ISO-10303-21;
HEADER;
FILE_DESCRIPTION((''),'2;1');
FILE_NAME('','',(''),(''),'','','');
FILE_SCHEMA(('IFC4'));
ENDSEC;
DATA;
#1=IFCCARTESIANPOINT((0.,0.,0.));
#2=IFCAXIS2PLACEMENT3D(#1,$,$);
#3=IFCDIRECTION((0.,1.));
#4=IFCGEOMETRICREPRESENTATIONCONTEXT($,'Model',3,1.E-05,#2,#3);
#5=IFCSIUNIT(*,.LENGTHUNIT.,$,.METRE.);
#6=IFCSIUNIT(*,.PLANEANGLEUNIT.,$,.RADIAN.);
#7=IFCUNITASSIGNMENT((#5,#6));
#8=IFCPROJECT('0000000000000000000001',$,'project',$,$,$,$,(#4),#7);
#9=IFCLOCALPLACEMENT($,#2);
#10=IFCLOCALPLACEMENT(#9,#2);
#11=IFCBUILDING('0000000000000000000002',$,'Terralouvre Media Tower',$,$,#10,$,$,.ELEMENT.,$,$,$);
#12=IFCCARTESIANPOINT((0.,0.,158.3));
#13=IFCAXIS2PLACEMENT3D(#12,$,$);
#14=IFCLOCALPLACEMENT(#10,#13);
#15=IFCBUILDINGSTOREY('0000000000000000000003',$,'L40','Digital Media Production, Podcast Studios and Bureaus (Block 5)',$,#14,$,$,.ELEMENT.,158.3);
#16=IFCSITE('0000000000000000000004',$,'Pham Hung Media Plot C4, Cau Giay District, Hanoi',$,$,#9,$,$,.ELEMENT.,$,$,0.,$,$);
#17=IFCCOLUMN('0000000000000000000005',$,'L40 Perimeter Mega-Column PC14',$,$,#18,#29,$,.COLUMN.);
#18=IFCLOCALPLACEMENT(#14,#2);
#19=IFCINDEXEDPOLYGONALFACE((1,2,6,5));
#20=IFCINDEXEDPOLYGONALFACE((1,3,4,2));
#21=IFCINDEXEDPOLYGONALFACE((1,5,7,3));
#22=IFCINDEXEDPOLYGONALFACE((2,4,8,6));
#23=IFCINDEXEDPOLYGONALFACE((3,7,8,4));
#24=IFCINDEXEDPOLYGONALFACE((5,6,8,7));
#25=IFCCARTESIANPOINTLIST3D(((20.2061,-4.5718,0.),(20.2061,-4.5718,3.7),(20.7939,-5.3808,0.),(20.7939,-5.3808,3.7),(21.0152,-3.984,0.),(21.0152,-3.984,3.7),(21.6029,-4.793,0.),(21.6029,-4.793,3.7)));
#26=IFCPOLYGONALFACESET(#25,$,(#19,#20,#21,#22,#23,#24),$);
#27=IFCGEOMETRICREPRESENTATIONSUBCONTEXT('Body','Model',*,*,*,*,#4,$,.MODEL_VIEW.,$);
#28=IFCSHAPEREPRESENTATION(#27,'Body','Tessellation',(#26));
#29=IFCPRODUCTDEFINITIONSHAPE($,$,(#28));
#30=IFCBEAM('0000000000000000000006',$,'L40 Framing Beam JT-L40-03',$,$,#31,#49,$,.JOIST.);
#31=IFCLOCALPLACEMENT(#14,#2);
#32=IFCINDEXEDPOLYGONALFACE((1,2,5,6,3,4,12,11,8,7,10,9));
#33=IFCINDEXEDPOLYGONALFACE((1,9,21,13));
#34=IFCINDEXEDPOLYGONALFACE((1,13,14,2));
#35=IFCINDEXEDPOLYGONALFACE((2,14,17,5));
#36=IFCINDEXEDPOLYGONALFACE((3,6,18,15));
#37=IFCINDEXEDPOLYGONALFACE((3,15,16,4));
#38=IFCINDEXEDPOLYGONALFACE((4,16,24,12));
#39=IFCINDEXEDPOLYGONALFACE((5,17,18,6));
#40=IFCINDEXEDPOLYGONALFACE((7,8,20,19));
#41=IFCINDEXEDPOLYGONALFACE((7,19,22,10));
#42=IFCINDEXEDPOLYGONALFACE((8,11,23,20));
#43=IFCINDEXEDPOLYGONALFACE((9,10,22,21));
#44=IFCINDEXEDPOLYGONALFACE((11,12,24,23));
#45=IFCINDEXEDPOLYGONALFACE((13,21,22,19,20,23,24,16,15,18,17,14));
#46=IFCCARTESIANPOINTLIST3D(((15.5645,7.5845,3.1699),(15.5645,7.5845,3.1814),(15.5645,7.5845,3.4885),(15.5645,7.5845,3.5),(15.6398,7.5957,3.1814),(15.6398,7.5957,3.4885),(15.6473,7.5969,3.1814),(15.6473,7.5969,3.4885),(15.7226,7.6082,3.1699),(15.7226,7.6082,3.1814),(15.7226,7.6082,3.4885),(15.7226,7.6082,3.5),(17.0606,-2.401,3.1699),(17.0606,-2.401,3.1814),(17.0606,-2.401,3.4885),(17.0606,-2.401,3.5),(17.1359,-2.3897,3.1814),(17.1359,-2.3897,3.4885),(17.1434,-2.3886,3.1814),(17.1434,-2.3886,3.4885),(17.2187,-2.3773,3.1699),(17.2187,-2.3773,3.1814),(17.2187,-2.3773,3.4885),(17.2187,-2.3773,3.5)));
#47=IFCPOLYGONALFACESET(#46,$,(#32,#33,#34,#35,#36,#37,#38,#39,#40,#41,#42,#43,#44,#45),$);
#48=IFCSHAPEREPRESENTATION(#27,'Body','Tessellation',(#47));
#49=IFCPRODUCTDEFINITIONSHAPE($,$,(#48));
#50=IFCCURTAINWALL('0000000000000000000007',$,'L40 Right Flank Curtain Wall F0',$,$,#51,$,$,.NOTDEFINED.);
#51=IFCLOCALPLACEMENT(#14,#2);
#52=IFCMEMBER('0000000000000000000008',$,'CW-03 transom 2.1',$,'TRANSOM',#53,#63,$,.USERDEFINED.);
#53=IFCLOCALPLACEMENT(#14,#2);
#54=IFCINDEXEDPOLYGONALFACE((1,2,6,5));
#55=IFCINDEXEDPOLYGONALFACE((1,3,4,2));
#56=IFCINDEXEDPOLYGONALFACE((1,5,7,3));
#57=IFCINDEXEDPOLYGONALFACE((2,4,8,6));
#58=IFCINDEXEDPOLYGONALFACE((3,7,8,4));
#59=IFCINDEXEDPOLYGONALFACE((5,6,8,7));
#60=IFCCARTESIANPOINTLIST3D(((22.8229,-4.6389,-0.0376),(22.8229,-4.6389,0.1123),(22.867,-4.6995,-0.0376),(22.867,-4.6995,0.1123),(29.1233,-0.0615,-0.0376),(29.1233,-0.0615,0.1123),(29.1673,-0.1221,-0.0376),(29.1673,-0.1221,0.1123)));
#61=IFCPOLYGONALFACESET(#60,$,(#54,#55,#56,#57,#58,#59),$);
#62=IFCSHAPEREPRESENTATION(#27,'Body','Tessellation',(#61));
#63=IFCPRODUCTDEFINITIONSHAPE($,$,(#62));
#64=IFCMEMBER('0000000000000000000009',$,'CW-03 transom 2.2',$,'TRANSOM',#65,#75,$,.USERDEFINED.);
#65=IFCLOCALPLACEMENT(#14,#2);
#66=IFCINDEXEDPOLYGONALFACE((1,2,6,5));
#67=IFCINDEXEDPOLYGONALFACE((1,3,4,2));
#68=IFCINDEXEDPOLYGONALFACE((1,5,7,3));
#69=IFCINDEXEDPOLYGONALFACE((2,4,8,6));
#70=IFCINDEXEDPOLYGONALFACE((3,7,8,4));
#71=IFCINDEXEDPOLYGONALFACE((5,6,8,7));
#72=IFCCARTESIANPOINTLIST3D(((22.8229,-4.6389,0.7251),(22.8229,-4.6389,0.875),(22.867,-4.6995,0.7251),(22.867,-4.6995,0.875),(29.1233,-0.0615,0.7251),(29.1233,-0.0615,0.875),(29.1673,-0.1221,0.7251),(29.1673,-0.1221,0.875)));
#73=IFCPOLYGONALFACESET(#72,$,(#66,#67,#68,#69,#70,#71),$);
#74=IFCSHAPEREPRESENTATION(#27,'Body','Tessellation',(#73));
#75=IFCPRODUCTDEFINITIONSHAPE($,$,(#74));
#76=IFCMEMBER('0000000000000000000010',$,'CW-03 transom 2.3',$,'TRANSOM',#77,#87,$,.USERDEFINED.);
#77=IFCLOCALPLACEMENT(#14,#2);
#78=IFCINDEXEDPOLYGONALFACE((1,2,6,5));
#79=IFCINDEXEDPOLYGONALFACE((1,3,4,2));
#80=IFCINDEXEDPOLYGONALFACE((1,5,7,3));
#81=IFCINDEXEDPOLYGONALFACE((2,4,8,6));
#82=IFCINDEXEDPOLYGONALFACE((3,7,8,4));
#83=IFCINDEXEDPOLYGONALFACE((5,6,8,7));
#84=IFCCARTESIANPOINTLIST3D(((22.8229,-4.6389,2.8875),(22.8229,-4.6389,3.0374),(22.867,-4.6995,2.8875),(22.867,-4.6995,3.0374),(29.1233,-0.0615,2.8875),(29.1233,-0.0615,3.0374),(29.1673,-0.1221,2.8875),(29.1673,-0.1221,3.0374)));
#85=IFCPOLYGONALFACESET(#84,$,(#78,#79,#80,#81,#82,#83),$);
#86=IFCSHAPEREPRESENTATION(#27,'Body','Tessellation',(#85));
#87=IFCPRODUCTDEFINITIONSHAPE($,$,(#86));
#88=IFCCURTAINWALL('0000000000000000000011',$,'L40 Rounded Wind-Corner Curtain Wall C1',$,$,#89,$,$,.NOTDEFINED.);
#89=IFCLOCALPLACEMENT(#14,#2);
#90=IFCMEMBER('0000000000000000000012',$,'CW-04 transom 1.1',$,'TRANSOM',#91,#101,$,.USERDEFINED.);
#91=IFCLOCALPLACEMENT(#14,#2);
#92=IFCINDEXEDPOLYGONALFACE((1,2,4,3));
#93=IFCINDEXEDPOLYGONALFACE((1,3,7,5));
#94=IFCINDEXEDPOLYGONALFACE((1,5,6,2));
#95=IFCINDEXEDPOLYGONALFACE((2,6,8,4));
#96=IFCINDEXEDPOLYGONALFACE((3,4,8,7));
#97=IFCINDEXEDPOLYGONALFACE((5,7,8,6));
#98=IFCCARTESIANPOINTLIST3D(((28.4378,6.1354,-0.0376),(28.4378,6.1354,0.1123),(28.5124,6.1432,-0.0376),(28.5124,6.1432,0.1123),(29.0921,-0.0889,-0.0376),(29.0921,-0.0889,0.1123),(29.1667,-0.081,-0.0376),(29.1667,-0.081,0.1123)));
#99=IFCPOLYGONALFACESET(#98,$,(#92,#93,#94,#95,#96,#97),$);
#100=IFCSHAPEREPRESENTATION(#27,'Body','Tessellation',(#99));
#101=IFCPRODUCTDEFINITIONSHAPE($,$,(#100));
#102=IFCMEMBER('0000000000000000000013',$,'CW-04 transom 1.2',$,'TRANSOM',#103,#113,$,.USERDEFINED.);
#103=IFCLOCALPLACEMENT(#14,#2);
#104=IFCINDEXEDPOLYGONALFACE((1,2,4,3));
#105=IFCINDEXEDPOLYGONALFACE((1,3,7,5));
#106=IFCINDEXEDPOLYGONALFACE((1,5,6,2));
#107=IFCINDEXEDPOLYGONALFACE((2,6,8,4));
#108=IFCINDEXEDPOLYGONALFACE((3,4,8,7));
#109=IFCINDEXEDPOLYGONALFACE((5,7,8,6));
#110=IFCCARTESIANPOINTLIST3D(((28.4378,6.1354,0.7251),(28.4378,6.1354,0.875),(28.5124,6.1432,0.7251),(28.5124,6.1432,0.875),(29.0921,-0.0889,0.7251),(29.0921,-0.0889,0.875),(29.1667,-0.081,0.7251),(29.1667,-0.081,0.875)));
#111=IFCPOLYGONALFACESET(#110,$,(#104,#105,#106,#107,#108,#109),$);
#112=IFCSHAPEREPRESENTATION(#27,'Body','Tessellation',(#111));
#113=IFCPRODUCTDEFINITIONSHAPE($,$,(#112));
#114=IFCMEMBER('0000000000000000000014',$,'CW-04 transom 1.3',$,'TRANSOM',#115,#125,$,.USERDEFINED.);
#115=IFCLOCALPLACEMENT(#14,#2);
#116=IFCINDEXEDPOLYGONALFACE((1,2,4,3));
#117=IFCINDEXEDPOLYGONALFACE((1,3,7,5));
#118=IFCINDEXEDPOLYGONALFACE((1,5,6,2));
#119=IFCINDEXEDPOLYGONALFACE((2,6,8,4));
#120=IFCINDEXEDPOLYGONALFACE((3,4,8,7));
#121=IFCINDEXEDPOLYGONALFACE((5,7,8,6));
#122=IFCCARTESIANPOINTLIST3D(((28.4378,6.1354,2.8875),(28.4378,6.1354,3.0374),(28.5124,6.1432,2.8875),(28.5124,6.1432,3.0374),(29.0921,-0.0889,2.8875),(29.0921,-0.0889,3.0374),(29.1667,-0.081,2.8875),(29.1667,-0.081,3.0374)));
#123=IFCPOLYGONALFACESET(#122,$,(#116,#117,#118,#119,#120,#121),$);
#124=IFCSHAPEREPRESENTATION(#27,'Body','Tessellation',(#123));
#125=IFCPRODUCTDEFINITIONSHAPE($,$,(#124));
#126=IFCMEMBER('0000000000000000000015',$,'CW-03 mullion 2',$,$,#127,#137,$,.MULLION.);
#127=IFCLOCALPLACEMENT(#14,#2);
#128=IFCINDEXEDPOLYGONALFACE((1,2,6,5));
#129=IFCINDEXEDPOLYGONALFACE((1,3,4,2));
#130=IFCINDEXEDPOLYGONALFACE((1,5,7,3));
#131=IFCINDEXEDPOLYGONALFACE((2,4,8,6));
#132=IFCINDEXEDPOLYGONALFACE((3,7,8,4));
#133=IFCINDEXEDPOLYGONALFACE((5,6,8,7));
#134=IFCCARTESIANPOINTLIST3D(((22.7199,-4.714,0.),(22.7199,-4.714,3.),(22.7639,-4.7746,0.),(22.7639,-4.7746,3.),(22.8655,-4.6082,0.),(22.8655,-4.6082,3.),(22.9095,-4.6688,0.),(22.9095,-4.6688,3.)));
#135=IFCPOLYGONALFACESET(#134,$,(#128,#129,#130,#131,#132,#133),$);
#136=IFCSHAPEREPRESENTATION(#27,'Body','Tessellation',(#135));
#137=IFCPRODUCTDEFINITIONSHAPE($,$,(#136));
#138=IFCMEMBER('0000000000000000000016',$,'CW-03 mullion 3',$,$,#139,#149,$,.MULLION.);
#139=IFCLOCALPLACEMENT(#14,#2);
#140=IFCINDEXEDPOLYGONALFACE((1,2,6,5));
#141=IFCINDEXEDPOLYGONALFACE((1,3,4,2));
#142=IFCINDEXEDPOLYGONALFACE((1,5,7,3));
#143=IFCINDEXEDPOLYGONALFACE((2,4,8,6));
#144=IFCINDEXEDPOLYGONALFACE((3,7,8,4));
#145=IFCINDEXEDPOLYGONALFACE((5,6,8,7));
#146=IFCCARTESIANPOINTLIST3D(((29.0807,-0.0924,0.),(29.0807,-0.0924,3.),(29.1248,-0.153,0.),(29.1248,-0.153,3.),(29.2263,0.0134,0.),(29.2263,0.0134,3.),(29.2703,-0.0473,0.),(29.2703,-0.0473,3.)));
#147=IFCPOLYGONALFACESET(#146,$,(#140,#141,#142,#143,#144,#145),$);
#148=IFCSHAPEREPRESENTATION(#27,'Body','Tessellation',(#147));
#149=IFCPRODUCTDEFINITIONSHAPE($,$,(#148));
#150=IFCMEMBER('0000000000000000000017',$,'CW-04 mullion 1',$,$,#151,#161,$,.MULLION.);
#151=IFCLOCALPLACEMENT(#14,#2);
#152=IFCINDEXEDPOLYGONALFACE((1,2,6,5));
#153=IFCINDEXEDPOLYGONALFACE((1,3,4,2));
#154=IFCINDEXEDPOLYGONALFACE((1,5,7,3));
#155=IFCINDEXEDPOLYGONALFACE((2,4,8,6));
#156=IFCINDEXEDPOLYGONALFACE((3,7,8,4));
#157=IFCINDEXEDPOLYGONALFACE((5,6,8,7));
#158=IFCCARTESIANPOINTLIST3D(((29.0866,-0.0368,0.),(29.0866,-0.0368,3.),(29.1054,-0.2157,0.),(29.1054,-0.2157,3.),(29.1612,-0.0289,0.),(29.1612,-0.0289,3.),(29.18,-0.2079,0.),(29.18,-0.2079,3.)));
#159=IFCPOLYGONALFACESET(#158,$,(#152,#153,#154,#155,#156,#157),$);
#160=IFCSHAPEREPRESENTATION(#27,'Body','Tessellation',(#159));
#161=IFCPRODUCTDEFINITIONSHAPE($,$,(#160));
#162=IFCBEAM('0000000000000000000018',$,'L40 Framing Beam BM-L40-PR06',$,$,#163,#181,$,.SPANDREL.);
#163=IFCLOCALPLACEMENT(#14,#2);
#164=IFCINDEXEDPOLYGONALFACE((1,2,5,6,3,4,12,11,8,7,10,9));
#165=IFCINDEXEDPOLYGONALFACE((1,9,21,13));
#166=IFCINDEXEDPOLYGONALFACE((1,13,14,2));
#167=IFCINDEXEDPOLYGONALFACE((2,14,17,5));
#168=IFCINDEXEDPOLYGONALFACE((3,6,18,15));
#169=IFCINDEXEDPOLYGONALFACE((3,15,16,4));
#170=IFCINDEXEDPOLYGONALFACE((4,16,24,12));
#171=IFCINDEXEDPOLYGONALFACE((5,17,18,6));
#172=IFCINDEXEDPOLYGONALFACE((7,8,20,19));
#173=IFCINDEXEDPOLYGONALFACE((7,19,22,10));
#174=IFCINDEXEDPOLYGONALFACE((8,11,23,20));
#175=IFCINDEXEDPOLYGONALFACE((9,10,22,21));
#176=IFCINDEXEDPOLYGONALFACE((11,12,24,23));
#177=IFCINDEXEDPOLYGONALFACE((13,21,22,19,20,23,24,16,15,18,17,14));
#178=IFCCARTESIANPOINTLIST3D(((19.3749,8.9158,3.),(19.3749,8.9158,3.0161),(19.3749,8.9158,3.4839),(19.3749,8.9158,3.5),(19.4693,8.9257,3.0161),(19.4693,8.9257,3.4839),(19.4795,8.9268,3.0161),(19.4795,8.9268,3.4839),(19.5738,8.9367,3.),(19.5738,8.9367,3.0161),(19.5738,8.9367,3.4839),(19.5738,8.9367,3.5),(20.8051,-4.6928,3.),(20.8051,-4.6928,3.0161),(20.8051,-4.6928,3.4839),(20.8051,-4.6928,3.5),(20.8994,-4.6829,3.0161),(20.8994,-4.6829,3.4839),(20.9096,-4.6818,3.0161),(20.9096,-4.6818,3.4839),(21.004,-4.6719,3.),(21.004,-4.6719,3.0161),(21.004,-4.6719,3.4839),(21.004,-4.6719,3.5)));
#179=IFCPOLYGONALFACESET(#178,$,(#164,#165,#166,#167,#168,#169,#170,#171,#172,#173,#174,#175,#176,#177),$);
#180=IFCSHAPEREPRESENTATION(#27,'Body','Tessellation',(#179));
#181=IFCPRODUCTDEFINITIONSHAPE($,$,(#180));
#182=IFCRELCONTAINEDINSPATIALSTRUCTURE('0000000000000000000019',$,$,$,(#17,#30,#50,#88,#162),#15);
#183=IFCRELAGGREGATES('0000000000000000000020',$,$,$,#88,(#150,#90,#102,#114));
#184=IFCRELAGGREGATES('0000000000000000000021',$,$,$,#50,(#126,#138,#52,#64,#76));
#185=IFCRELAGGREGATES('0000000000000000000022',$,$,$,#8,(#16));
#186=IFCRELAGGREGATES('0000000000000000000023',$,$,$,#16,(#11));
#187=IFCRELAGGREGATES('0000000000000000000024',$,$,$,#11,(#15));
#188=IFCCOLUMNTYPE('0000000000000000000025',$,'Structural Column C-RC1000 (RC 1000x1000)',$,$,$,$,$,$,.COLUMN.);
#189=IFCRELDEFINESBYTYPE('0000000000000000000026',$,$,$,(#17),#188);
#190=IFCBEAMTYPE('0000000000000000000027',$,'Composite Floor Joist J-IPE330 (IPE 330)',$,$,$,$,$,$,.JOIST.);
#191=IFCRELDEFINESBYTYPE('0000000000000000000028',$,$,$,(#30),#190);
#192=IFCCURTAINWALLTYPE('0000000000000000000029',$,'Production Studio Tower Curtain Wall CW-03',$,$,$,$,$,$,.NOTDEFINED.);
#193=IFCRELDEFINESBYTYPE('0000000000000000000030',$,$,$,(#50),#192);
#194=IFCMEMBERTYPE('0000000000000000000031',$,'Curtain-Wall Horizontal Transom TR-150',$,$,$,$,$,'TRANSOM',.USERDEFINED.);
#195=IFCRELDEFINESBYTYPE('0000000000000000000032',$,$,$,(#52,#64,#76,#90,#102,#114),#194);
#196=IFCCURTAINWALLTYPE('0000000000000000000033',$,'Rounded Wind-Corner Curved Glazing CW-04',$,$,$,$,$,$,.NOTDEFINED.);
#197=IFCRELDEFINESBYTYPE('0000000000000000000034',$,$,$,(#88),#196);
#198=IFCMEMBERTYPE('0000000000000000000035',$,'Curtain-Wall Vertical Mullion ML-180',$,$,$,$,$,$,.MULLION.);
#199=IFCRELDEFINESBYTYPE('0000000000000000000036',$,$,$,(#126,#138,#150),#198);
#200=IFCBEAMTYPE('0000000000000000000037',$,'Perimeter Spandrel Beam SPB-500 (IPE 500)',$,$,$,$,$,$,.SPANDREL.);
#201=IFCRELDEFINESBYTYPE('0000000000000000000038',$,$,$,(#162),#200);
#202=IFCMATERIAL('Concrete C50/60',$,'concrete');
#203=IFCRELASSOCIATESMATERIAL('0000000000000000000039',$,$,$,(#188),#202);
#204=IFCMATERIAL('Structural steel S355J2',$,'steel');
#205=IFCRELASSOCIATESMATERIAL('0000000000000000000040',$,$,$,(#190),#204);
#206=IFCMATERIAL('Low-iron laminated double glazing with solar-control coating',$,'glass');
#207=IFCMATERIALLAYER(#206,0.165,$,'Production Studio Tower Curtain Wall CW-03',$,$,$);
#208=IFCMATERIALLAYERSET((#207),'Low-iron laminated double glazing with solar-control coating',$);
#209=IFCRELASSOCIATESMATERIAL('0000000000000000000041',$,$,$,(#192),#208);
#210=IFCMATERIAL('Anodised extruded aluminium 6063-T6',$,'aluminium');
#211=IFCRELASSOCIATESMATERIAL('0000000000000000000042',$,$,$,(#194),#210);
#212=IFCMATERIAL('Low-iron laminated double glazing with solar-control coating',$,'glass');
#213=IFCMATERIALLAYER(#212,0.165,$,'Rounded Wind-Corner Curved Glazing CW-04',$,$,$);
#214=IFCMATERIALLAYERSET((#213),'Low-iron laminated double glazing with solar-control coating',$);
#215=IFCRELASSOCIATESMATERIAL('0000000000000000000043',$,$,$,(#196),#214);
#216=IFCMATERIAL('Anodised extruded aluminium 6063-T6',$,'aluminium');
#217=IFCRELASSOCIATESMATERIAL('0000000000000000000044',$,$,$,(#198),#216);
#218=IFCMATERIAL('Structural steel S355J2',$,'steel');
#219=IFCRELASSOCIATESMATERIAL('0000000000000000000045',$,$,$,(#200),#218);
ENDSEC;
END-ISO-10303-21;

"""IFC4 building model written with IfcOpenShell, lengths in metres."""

from ifc_helpers import new_model, si_unit, direction, frame, origin, origin_2d, place, context, subcontext, project, spatial, rectangle, i_section, extrude, material, layer, layer_set, material_profile, profile_set, type_object, element, aggregate, save


model = new_model("IFC4")

# Units and contexts
model_context = context("Model", 3, precision=1e-05, world=origin(), true_north=direction((0.0, 1.0)))
body_context = subcontext(model_context, "Body", "Model", "MODEL_VIEW")
ifc_project = project(units=[si_unit("LENGTHUNIT", "METRE"), si_unit("PLANEANGLEUNIT", "RADIAN")], contexts=[model_context])

# Site, building, storey
site_placement = place(None, origin())
site = spatial("IfcSite", under=ifc_project, at=site_placement, Name="Pham Hung Media Plot C4, Cau Giay District, Hanoi", CompositionType="ELEMENT", RefElevation=0.0)
building_placement = place(site_placement, origin())
building = spatial("IfcBuilding", under=site, at=building_placement, Name="Terralouvre Media Tower", CompositionType="ELEMENT")
storey_placement = place(building_placement, frame((0.0, 0.0, 158.3)))
storey = spatial("IfcBuildingStorey", under=building, at=storey_placement, Name="L40", Description="Digital Media Production, Podcast Studios and Bureaus (Block 5)", CompositionType="ELEMENT", Elevation=158.3)

# Column
ifc_material_1 = material(Name="Concrete C50/60", Category="concrete")
ifc_material_profile_1 = material_profile(ifc_material_1, rectangle(XDim=1.0, YDim=1.0, at=origin_2d()), Name="RC 1000x1000")
ifc_profile_set_1 = profile_set([ifc_material_profile_1], Name="Concrete C50/60")
column_type = type_object("IfcColumnType", Name="Structural Column C-RC1000 (RC 1000x1000)", PredefinedType="COLUMN", material=ifc_profile_set_1)
column_placement = place(storey_placement, frame((20.9045, -4.6824, 0.0), z_axis=(0.0, 0.0, 1.0), x_axis=(0.809017, 0.587785, 0.0)))
element("IfcColumn", 1, at=column_placement, inside=storey, type_object=column_type, Name="L40 Perimeter Mega-Column PC14", PredefinedType="COLUMN", context=body_context, shape_type="SweptSolid", body=[
    extrude(rectangle(XDim=1.0, YDim=1.0, at=origin_2d()), origin(), (0.0, 0.0, 1.0), 3.7),
])

# Beam
ifc_material_2 = material(Name="Structural steel S355J2", Category="steel")
ifc_material_profile_2 = material_profile(ifc_material_2, i_section(OverallWidth=0.1599, OverallDepth=0.3301, WebThickness=0.0076, FlangeThickness=0.0115, at=origin_2d()), Name="IPE 330")
ifc_profile_set_2 = profile_set([ifc_material_profile_2], Name="Structural steel S355J2")
beam_type_1 = type_object("IfcBeamType", Name="Composite Floor Joist J-IPE330 (IPE 330)", PredefinedType="JOIST", material=ifc_profile_set_2)
beam_1_placement = place(storey_placement, frame((17.1396, -2.3892, 3.335), z_axis=(-0.148175, 0.988961, 0.0), x_axis=(-0.988961, -0.148175, 0.0)))
element("IfcBeam", 2, at=beam_1_placement, inside=storey, type_object=beam_type_1, Name="L40 Framing Beam JT-L40-03", PredefinedType="JOIST", context=body_context, shape_type="SweptSolid", body=[
    extrude(i_section(OverallWidth=0.1599, OverallDepth=0.3301, WebThickness=0.0076, FlangeThickness=0.0115, at=origin_2d()), origin(), (0.0, 0.0, 1.0), 10.0969),
])

# Curtain walls, members
ifc_material_3 = material(Name="Low-iron laminated double glazing with solar-control coating", Category="glass")
ifc_layer_1 = layer(ifc_material_3, 0.165, Name="Production Studio Tower Curtain Wall CW-03")
ifc_layer_set_1 = layer_set([ifc_layer_1], Name="Low-iron laminated double glazing with solar-control coating")
curtain_wall_type_1 = type_object("IfcCurtainWallType", Name="Production Studio Tower Curtain Wall CW-03", PredefinedType="NOTDEFINED", material=ifc_layer_set_1)
curtain_wall_1_placement = place(storey_placement, origin())
curtain_wall_1 = element("IfcCurtainWall", 3, at=curtain_wall_1_placement, inside=storey, type_object=curtain_wall_type_1, Name="L40 Right Flank Curtain Wall F0", PredefinedType="NOTDEFINED")
ifc_material_4 = material(Name="Anodised extruded aluminium 6063-T6", Category="aluminium")
ifc_material_profile_3 = material_profile(ifc_material_4, rectangle(XDim=0.075, YDim=0.1499, at=origin_2d()), Name="ALU 75x150")
ifc_profile_set_3 = profile_set([ifc_material_profile_3], Name="Anodised extruded aluminium 6063-T6")
member_type_1 = type_object("IfcMemberType", Name="Curtain-Wall Horizontal Transom TR-150", ElementType="TRANSOM", PredefinedType="USERDEFINED", material=ifc_profile_set_3)
member_1_placement = place(storey_placement, frame((22.845, -4.6692, 0.0374), z_axis=(0.809019, 0.587782, 0.0), x_axis=(-0.587782, 0.809019, 0.0)))
member_1 = element("IfcMember", 4, at=member_1_placement, type_object=member_type_1, Name="CW-03 transom 2.1", ObjectType="TRANSOM", PredefinedType="USERDEFINED", context=body_context, shape_type="SweptSolid", body=[
    extrude(rectangle(XDim=0.075, YDim=0.1499, at=origin_2d()), origin(), (0.0, 0.0, 1.0), 7.7876),
])
member_2_placement = place(storey_placement, frame((22.845, -4.6692, 0.8), z_axis=(0.809019, 0.587782, 0.0), x_axis=(-0.587782, 0.809019, 0.0)))
member_2 = element("IfcMember", 5, at=member_2_placement, type_object=member_type_1, Name="CW-03 transom 2.2", ObjectType="TRANSOM", PredefinedType="USERDEFINED", context=body_context, shape_type="SweptSolid", body=[
    extrude(rectangle(XDim=0.075, YDim=0.1499, at=origin_2d()), origin(), (0.0, 0.0, 1.0), 7.7876),
])
member_3_placement = place(storey_placement, frame((22.845, -4.6692, 2.9624), z_axis=(0.809019, 0.587782, 0.0), x_axis=(-0.587782, 0.809019, 0.0)))
member_3 = element("IfcMember", 6, at=member_3_placement, type_object=member_type_1, Name="CW-03 transom 2.3", ObjectType="TRANSOM", PredefinedType="USERDEFINED", context=body_context, shape_type="SweptSolid", body=[
    extrude(rectangle(XDim=0.075, YDim=0.1499, at=origin_2d()), origin(), (0.0, 0.0, 1.0), 7.7876),
])
ifc_material_5 = material(Name="Low-iron laminated double glazing with solar-control coating", Category="glass")
ifc_layer_2 = layer(ifc_material_5, 0.165, Name="Rounded Wind-Corner Curved Glazing CW-04")
ifc_layer_set_2 = layer_set([ifc_layer_2], Name="Low-iron laminated double glazing with solar-control coating")
curtain_wall_type_2 = type_object("IfcCurtainWallType", Name="Rounded Wind-Corner Curved Glazing CW-04", PredefinedType="NOTDEFINED", material=ifc_layer_set_2)
curtain_wall_2_placement = place(storey_placement, origin())
curtain_wall_2 = element("IfcCurtainWall", 7, at=curtain_wall_2_placement, inside=storey, type_object=curtain_wall_type_2, Name="L40 Rounded Wind-Corner Curtain Wall C1", PredefinedType="NOTDEFINED")
member_4_placement = place(storey_placement, frame((29.1294, -0.085, 0.0374), z_axis=(-0.104543, 0.99452, 0.0), x_axis=(-0.99452, -0.104543, 0.0)))
member_4 = element("IfcMember", 8, at=member_4_placement, type_object=member_type_1, Name="CW-04 transom 1.1", ObjectType="TRANSOM", PredefinedType="USERDEFINED", context=body_context, shape_type="SweptSolid", body=[
    extrude(rectangle(XDim=0.075, YDim=0.1499, at=origin_2d()), origin(), (0.0, 0.0, 1.0), 6.2585),
])
member_5_placement = place(storey_placement, frame((29.1294, -0.085, 0.8), z_axis=(-0.104543, 0.99452, 0.0), x_axis=(-0.99452, -0.104543, 0.0)))
member_5 = element("IfcMember", 9, at=member_5_placement, type_object=member_type_1, Name="CW-04 transom 1.2", ObjectType="TRANSOM", PredefinedType="USERDEFINED", context=body_context, shape_type="SweptSolid", body=[
    extrude(rectangle(XDim=0.075, YDim=0.1499, at=origin_2d()), origin(), (0.0, 0.0, 1.0), 6.2585),
])
member_6_placement = place(storey_placement, frame((29.1294, -0.085, 2.9624), z_axis=(-0.104543, 0.99452, 0.0), x_axis=(-0.99452, -0.104543, 0.0)))
member_6 = element("IfcMember", 10, at=member_6_placement, type_object=member_type_1, Name="CW-04 transom 1.3", ObjectType="TRANSOM", PredefinedType="USERDEFINED", context=body_context, shape_type="SweptSolid", body=[
    extrude(rectangle(XDim=0.075, YDim=0.1499, at=origin_2d()), origin(), (0.0, 0.0, 1.0), 6.2585),
])

# Members
ifc_material_6 = material(Name="Anodised extruded aluminium 6063-T6", Category="aluminium")
ifc_material_profile_4 = material_profile(ifc_material_6, rectangle(XDim=0.075, YDim=0.1799, at=origin_2d()), Name="ALU 75x180")
ifc_profile_set_4 = profile_set([ifc_material_profile_4], Name="Anodised extruded aluminium 6063-T6")
member_type_2 = type_object("IfcMemberType", Name="Curtain-Wall Vertical Mullion ML-180", PredefinedType="MULLION", material=ifc_profile_set_4)
member_7_placement = place(storey_placement, frame((22.8147, -4.6914, 0.0), z_axis=(0.0, 0.0, 1.0), x_axis=(-0.587786, 0.809017, 0.0)))
member_7 = element("IfcMember", 11, at=member_7_placement, type_object=member_type_2, Name="CW-03 mullion 2", PredefinedType="MULLION", context=body_context, shape_type="SweptSolid", body=[
    extrude(rectangle(XDim=0.075, YDim=0.1799, at=origin_2d()), origin(), (0.0, 0.0, 1.0), 3.0),
])
member_8_placement = place(storey_placement, frame((29.1755, -0.0698, 0.0), z_axis=(0.0, 0.0, 1.0), x_axis=(-0.587786, 0.809017, 0.0)))
member_8 = element("IfcMember", 12, at=member_8_placement, type_object=member_type_2, Name="CW-03 mullion 3", PredefinedType="MULLION", context=body_context, shape_type="SweptSolid", body=[
    extrude(rectangle(XDim=0.075, YDim=0.1799, at=origin_2d()), origin(), (0.0, 0.0, 1.0), 3.0),
])
member_9_placement = place(storey_placement, frame((29.1333, -0.1223, 0.0), z_axis=(0.0, 0.0, 1.0), x_axis=(-0.994522, -0.104529, 0.0)))
member_9 = element("IfcMember", 13, at=member_9_placement, type_object=member_type_2, Name="CW-04 mullion 1", PredefinedType="MULLION", context=body_context, shape_type="SweptSolid", body=[
    extrude(rectangle(XDim=0.075, YDim=0.1799, at=origin_2d()), origin(), (0.0, 0.0, 1.0), 3.0),
])
aggregate(curtain_wall_2, [member_9, member_4, member_5, member_6])

# Beam
ifc_material_7 = material(Name="Structural steel S355J2", Category="steel")
ifc_material_profile_5 = material_profile(ifc_material_7, i_section(OverallWidth=0.2, OverallDepth=0.5, WebThickness=0.0103, FlangeThickness=0.0161, at=origin_2d()), Name="IPE 500")
ifc_profile_set_5 = profile_set([ifc_material_profile_5], Name="Structural steel S355J2")
beam_type_2 = type_object("IfcBeamType", Name="Perimeter Spandrel Beam SPB-500 (IPE 500)", PredefinedType="SPANDREL", material=ifc_profile_set_5)
beam_2_placement = place(storey_placement, frame((20.9045, -4.6824, 3.25), z_axis=(-0.104518, 0.994523, 0.0), x_axis=(-0.994523, -0.104518, 0.0)))
element("IfcBeam", 14, at=beam_2_placement, inside=storey, type_object=beam_type_2, Name="L40 Framing Beam BM-L40-PR06", PredefinedType="SPANDREL", context=body_context, shape_type="SweptSolid", body=[
    extrude(i_section(OverallWidth=0.2, OverallDepth=0.5, WebThickness=0.0103, FlangeThickness=0.0161, at=origin_2d()), origin(), (0.0, 0.0, 1.0), 13.6836),
])

aggregate(curtain_wall_1, [member_7, member_8, member_1, member_2, member_3])

save(model, "model.ifc")
